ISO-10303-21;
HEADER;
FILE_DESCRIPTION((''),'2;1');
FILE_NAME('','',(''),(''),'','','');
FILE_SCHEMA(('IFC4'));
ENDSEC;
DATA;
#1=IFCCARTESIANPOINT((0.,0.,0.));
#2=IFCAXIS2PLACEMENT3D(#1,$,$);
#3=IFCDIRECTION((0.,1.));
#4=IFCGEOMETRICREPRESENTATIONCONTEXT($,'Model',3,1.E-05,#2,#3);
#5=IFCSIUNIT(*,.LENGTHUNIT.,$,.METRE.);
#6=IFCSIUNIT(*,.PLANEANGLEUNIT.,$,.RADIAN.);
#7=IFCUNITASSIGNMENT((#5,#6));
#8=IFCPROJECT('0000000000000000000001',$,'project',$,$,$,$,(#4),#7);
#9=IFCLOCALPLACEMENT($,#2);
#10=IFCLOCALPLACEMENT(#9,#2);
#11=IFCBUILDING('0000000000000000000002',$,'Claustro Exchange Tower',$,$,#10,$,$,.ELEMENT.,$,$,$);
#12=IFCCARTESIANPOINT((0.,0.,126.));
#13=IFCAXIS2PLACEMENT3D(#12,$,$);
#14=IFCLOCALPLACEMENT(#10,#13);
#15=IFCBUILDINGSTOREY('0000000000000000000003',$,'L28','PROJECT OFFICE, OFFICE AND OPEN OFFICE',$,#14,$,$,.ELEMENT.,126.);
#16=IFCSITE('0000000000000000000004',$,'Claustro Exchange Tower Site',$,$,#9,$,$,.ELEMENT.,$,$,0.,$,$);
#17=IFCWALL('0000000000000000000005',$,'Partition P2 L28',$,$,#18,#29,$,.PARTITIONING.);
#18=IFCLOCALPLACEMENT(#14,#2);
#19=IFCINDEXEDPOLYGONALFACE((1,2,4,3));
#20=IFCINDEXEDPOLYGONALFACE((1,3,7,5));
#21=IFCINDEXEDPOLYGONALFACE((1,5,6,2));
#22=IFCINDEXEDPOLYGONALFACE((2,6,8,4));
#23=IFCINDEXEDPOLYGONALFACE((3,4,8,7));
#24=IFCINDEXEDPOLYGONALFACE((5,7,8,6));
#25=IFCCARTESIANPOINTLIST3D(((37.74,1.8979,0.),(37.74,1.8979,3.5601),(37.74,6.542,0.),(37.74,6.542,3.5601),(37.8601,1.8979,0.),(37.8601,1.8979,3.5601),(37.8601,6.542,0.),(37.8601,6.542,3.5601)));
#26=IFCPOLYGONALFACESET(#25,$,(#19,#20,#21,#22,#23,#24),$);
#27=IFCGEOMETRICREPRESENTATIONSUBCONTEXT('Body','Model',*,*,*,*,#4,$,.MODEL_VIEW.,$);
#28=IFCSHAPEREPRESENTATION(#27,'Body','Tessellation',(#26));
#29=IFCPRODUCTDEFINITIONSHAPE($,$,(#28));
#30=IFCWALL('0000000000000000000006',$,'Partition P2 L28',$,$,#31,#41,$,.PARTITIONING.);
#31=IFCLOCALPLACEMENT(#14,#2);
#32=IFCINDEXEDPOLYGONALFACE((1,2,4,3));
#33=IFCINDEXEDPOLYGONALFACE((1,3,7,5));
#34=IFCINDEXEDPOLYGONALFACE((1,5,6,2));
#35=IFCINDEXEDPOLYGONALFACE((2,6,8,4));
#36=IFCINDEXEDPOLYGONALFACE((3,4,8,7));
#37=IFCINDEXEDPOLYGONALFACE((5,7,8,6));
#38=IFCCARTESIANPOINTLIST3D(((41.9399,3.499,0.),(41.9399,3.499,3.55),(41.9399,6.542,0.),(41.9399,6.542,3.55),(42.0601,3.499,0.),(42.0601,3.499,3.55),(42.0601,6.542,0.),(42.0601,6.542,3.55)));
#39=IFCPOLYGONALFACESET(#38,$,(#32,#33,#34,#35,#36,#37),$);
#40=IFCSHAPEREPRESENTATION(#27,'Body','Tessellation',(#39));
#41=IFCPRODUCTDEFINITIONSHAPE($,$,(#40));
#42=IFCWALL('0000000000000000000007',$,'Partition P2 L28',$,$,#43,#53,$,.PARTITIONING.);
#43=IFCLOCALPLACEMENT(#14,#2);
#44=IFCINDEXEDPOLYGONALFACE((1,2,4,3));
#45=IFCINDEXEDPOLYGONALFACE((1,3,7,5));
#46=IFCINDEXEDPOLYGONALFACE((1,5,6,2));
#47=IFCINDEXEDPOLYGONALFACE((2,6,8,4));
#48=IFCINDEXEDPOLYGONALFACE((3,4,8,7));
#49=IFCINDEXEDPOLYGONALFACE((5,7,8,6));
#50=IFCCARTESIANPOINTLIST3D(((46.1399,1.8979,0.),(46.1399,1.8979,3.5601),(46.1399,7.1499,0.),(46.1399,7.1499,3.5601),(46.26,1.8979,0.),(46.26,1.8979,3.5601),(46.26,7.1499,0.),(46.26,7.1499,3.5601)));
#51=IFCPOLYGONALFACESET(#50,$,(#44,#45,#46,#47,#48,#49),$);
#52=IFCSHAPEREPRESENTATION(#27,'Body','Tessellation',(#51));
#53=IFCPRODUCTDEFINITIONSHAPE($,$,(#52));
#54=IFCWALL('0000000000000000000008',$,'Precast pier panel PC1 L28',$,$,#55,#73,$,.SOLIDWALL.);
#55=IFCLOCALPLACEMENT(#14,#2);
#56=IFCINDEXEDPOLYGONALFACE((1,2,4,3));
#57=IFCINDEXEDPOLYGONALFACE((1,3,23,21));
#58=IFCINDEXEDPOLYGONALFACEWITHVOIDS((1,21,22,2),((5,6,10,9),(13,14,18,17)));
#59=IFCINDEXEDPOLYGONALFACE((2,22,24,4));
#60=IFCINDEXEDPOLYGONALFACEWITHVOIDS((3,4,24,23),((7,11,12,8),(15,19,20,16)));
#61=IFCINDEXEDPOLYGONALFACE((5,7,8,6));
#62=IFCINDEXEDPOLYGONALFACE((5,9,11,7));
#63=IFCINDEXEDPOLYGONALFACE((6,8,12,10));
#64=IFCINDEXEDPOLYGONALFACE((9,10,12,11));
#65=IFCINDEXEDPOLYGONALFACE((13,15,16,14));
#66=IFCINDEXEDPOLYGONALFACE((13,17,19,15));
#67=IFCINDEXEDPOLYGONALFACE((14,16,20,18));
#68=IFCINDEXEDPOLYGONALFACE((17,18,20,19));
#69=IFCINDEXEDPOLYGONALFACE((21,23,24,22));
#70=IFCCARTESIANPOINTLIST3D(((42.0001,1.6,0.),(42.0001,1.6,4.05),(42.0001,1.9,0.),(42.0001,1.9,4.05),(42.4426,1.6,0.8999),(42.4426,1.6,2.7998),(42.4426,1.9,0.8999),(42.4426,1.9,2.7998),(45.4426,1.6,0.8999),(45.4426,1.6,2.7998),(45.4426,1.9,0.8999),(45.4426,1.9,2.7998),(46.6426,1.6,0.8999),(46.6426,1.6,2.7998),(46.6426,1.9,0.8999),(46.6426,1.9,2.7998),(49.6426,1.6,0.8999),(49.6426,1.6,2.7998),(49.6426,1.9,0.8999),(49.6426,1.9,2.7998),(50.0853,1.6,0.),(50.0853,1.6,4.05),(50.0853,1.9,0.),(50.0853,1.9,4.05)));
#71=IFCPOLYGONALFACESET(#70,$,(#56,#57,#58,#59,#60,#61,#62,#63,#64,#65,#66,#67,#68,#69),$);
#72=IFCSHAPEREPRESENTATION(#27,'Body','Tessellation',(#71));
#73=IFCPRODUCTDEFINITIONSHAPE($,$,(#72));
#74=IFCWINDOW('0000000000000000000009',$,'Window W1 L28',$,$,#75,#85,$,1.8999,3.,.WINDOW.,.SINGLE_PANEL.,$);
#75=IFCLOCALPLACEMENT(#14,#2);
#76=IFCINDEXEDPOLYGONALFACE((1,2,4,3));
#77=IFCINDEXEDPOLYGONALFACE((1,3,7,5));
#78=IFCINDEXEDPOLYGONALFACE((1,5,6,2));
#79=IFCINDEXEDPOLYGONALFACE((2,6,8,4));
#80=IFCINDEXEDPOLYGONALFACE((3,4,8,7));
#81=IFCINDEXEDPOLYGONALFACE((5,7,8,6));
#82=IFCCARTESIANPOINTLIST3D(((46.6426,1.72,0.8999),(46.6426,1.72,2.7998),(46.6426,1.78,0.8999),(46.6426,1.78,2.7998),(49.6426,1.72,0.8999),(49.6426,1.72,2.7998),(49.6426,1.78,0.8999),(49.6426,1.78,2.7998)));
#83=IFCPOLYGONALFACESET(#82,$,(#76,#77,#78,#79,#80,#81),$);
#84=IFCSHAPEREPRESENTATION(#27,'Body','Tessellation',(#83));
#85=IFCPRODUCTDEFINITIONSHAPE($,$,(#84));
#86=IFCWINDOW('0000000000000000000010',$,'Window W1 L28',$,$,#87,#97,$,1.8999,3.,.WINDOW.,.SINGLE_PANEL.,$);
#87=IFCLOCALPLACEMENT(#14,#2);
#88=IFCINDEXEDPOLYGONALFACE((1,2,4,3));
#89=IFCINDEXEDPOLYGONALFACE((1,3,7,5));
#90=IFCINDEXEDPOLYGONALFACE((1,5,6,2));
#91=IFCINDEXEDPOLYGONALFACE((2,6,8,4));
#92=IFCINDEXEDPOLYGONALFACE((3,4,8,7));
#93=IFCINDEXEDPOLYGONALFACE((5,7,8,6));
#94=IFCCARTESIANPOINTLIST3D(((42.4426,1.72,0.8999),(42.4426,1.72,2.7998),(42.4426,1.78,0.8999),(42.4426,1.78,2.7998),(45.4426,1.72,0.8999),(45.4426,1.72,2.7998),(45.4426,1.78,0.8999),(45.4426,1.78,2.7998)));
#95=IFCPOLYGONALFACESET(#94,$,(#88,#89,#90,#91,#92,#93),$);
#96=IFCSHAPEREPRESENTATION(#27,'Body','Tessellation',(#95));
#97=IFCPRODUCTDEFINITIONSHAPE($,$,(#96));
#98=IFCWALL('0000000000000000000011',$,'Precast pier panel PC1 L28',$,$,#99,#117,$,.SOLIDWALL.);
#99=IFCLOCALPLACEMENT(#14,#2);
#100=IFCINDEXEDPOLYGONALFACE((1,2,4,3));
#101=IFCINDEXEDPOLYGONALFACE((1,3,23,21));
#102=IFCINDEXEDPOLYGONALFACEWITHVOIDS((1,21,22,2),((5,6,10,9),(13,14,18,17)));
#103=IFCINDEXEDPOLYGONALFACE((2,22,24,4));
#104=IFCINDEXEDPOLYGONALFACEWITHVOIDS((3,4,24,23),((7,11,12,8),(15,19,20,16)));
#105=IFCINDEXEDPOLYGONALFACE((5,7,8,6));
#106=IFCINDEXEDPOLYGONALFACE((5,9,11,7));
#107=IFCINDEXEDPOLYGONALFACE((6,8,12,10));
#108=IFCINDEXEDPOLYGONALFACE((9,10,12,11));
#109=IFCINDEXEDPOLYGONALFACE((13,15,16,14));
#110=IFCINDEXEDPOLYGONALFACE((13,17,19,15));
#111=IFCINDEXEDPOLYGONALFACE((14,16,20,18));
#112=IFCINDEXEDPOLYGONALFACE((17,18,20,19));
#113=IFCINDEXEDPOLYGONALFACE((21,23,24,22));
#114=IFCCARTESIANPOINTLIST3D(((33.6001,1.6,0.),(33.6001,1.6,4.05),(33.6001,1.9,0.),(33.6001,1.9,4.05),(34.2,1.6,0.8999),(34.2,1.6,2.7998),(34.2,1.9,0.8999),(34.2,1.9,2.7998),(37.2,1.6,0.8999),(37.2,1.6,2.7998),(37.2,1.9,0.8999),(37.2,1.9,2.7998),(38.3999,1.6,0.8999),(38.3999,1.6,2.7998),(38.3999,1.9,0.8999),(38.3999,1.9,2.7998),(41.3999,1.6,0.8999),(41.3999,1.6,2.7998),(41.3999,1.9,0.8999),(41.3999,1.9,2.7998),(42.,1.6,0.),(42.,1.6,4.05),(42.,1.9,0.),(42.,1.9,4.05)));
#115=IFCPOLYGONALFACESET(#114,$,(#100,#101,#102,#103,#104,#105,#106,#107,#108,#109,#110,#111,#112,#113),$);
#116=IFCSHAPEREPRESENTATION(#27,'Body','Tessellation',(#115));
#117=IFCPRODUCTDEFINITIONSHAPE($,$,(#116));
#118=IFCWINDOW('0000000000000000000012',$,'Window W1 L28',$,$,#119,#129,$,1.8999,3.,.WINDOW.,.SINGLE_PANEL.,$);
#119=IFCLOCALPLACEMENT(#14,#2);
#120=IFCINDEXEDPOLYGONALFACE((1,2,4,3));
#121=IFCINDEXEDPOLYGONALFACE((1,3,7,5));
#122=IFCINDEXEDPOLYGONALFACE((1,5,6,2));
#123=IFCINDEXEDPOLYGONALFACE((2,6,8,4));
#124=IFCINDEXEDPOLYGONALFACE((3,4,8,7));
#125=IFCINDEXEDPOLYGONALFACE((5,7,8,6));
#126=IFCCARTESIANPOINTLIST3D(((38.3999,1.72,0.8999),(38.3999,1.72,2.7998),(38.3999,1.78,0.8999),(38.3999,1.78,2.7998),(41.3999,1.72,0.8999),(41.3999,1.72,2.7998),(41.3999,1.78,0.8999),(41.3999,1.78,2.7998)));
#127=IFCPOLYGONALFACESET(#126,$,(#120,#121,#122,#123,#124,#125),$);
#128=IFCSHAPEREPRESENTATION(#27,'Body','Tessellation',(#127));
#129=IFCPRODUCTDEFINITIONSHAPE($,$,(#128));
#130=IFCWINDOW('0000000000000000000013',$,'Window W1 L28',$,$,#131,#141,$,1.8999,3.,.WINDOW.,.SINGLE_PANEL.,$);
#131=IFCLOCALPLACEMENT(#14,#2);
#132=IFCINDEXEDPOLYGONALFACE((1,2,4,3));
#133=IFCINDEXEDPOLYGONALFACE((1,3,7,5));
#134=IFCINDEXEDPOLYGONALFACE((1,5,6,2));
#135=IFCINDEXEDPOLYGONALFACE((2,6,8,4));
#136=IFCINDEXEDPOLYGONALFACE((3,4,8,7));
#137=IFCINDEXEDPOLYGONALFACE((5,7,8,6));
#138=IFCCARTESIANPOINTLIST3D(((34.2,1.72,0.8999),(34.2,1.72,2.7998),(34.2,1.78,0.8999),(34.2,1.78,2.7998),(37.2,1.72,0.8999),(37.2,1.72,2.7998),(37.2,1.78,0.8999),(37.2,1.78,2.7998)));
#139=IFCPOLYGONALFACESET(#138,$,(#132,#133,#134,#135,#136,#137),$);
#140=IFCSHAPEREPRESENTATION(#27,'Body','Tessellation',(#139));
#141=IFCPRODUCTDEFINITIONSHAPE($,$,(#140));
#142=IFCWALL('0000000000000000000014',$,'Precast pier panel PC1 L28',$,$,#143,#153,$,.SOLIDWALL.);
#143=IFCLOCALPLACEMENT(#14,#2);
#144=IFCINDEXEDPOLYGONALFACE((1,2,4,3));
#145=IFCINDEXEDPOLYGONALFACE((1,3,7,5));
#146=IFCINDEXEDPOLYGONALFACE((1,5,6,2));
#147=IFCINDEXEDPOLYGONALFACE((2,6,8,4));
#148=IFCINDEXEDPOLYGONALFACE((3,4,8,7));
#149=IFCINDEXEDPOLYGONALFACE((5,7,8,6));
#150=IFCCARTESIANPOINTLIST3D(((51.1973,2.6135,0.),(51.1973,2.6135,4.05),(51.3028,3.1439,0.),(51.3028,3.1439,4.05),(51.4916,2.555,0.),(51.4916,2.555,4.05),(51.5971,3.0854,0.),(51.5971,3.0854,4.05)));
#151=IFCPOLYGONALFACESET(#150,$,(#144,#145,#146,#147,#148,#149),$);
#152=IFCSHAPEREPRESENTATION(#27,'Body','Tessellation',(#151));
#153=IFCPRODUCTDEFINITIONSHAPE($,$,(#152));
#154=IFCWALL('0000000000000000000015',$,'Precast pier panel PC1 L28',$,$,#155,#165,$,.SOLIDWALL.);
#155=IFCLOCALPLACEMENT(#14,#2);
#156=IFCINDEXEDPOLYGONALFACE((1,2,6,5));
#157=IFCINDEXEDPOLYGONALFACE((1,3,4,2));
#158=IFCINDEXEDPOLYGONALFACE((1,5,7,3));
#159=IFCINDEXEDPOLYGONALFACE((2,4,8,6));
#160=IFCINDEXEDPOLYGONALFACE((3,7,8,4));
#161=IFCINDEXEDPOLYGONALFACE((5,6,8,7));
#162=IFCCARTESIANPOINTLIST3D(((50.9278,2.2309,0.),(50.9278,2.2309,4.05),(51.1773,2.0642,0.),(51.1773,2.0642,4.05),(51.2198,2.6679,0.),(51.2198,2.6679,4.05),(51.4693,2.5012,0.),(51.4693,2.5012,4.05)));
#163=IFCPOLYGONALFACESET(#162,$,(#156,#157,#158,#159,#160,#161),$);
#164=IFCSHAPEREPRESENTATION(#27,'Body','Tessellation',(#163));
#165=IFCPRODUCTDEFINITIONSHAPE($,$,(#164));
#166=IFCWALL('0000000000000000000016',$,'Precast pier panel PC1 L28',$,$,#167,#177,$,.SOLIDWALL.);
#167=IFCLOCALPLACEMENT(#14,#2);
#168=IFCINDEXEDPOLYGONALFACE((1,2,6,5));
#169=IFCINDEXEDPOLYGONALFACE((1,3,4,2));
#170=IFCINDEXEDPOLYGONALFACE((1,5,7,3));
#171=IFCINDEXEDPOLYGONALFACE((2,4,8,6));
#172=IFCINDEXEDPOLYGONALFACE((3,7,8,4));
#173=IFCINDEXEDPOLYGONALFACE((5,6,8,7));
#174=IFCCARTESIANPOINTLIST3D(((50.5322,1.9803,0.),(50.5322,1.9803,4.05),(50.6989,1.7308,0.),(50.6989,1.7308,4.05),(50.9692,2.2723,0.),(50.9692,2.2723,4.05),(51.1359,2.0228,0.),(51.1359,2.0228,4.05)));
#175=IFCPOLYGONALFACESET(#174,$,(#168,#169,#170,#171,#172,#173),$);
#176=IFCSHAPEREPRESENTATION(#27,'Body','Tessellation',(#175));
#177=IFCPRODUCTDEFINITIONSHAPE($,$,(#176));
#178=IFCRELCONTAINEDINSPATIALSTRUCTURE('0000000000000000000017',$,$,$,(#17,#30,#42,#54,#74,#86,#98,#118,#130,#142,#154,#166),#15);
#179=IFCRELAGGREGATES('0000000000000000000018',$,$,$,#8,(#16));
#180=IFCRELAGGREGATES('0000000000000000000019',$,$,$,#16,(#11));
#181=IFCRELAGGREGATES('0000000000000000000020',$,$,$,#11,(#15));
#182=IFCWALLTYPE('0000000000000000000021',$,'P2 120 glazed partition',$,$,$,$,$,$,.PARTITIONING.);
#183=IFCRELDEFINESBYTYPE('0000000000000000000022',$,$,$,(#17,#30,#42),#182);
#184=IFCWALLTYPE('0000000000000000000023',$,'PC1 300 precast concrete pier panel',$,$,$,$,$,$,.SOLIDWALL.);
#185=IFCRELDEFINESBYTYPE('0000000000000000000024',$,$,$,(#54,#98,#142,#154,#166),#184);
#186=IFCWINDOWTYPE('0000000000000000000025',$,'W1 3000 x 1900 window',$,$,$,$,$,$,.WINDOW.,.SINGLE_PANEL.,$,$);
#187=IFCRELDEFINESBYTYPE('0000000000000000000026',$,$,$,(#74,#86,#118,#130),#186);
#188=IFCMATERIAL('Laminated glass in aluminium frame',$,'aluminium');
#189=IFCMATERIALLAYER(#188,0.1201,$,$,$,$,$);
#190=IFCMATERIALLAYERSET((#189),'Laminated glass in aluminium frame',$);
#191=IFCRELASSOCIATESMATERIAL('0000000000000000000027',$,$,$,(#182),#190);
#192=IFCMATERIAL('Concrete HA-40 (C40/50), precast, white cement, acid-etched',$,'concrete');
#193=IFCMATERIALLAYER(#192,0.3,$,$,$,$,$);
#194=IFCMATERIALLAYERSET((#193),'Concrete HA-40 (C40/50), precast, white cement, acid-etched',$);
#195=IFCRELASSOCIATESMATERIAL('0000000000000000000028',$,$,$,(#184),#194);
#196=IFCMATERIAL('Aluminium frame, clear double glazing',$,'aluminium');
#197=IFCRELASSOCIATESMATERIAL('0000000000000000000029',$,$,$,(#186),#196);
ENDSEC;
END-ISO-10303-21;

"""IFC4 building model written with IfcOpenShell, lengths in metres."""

from ifc_helpers import new_model, si_unit, direction, frame, frame_2d, origin, place, context, subcontext, project, spatial, rectangle, extrude, material, layer, layer_set, type_object, element, fill, save


model = new_model("IFC4")

# Units and contexts
model_context = context("Model", 3, precision=1e-05, world=origin(), true_north=direction((0.0, 1.0)))
body_context = subcontext(model_context, "Body", "Model", "MODEL_VIEW")
ifc_project = project(units=[si_unit("LENGTHUNIT", "METRE"), si_unit("PLANEANGLEUNIT", "RADIAN")], contexts=[model_context])

# Site, building, storey
site_placement = place(None, origin())
site = spatial("IfcSite", under=ifc_project, at=site_placement, Name="Claustro Exchange Tower Site", CompositionType="ELEMENT", RefElevation=0.0)
building_placement = place(site_placement, origin())
building = spatial("IfcBuilding", under=site, at=building_placement, Name="Claustro Exchange Tower", CompositionType="ELEMENT")
storey_placement = place(building_placement, frame((0.0, 0.0, 126.0)))
storey = spatial("IfcBuildingStorey", under=building, at=storey_placement, Name="L28", Description="PROJECT OFFICE, OFFICE AND OPEN OFFICE", CompositionType="ELEMENT", Elevation=126.0)

# Shared definitions
ifc_material_1 = material(Name="Laminated glass in aluminium frame", Category="aluminium")
ifc_layer_1 = layer(ifc_material_1, 0.1201)
ifc_layer_set_1 = layer_set([ifc_layer_1], Name="Laminated glass in aluminium frame")
wall_type_1 = type_object("IfcWallType", Name="P2 120 glazed partition", PredefinedType="PARTITIONING", material=ifc_layer_set_1)

# Walls
wall_1_placement = place(storey_placement, frame((37.8, 1.8979, 0.0), z_axis=(0.0, 0.0, 1.0), x_axis=(0.0, 1.0, 0.0)))
element("IfcWall", 1, at=wall_1_placement, inside=storey, type_object=wall_type_1, Name="Partition P2 L28", PredefinedType="PARTITIONING", context=body_context, shape_type="SweptSolid", body=[
    extrude(rectangle(XDim=4.644, YDim=0.1201, at=frame_2d((2.322, 0.0))), origin(), (0.0, 0.0, 1.0), 3.5601),
])
wall_2_placement = place(storey_placement, frame((42.0, 3.499, 0.0), z_axis=(0.0, 0.0, 1.0), x_axis=(0.0, 1.0, 0.0)))
element("IfcWall", 2, at=wall_2_placement, inside=storey, type_object=wall_type_1, Name="Partition P2 L28", PredefinedType="PARTITIONING", context=body_context, shape_type="SweptSolid", body=[
    extrude(rectangle(XDim=3.043, YDim=0.1201, at=frame_2d((1.5215, 0.0))), origin(), (0.0, 0.0, 1.0), 3.55),
])
wall_3_placement = place(storey_placement, frame((46.2, 1.8979, 0.0), z_axis=(0.0, 0.0, 1.0), x_axis=(0.0, 1.0, 0.0)))
element("IfcWall", 3, at=wall_3_placement, inside=storey, type_object=wall_type_1, Name="Partition P2 L28", PredefinedType="PARTITIONING", context=body_context, shape_type="SweptSolid", body=[
    extrude(rectangle(XDim=5.252, YDim=0.1201, at=frame_2d((2.626, 0.0))), origin(), (0.0, 0.0, 1.0), 3.5601),
])

# Walls, openings, windows
ifc_material_2 = material(Name="Concrete HA-40 (C40/50), precast, white cement, acid-etched", Category="concrete")
ifc_layer_2 = layer(ifc_material_2, 0.3)
ifc_layer_set_2 = layer_set([ifc_layer_2], Name="Concrete HA-40 (C40/50), precast, white cement, acid-etched")
wall_type_2 = type_object("IfcWallType", Name="PC1 300 precast concrete pier panel", PredefinedType="SOLIDWALL", material=ifc_layer_set_2)
wall_4_placement = place(storey_placement, frame((50.0852, 1.75, 0.0), z_axis=(0.0, 0.0, 1.0), x_axis=(-1.0, 0.0, 0.0)))
wall_4 = element("IfcWall", 4, at=wall_4_placement, inside=storey, type_object=wall_type_2, Name="Precast pier panel PC1 L28", PredefinedType="SOLIDWALL", context=body_context, shape_type="SweptSolid", body=[
    extrude(rectangle(XDim=8.0852, YDim=0.3, at=frame_2d((4.0425, 0.0))), origin(), (0.0, 0.0, 1.0), 4.05),
])
opening_1_placement = place(wall_4_placement, frame((0.4426, 0.0, 0.8999)))
opening_1 = element("IfcOpeningElement", 5, at=opening_1_placement, cuts=wall_4, PredefinedType="OPENING", context=body_context, shape_type="SweptSolid", body=[
    extrude(rectangle(XDim=3.0, YDim=1.8999, at=frame_2d((1.5, 0.95))), frame((0.0, 0.1599, 0.0), z_axis=(0.0, -1.0, 0.0), x_axis=(1.0, 0.0, 0.0)), (0.0, 0.0, 1.0), 0.3201),
])
opening_2_placement = place(wall_4_placement, frame((4.6426, 0.0, 0.8999)))
opening_2 = element("IfcOpeningElement", 6, at=opening_2_placement, cuts=wall_4, PredefinedType="OPENING", context=body_context, shape_type="SweptSolid", body=[
    extrude(rectangle(XDim=3.0, YDim=1.8999, at=frame_2d((1.5, 0.95))), frame((0.0, 0.1599, 0.0), z_axis=(0.0, -1.0, 0.0), x_axis=(1.0, 0.0, 0.0)), (0.0, 0.0, 1.0), 0.3201),
])
ifc_material_3 = material(Name="Aluminium frame, clear double glazing", Category="aluminium")
window_type = type_object("IfcWindowType", Name="W1 3000 x 1900 window", PartitioningType="SINGLE_PANEL", PredefinedType="WINDOW", material=ifc_material_3)
window_1_placement = place(opening_1_placement, origin())
window_1 = element("IfcWindow", 7, at=window_1_placement, inside=storey, type_object=window_type, Name="Window W1 L28", OverallHeight=1.8999, OverallWidth=3.0, PartitioningType="SINGLE_PANEL", PredefinedType="WINDOW", context=body_context, shape_type="SweptSolid", body=[
    extrude(rectangle(XDim=3.0, YDim=1.8999, at=frame_2d((1.5, 0.95))), frame((0.0, 0.03, 0.0), z_axis=(0.0, -1.0, 0.0), x_axis=(1.0, 0.0, 0.0)), (0.0, 0.0, 1.0), 0.0601),
])
fill(opening_1, window_1)
window_2_placement = place(opening_2_placement, origin())
window_2 = element("IfcWindow", 8, at=window_2_placement, inside=storey, type_object=window_type, Name="Window W1 L28", OverallHeight=1.8999, OverallWidth=3.0, PartitioningType="SINGLE_PANEL", PredefinedType="WINDOW", context=body_context, shape_type="SweptSolid", body=[
    extrude(rectangle(XDim=3.0, YDim=1.8999, at=frame_2d((1.5, 0.95))), frame((0.0, 0.03, 0.0), z_axis=(0.0, -1.0, 0.0), x_axis=(1.0, 0.0, 0.0)), (0.0, 0.0, 1.0), 0.0601),
])
fill(opening_2, window_2)
wall_5_placement = place(storey_placement, frame((42.0, 1.75, 0.0), z_axis=(0.0, 0.0, 1.0), x_axis=(-1.0, 0.0, 0.0)))
wall_5 = element("IfcWall", 9, at=wall_5_placement, inside=storey, type_object=wall_type_2, Name="Precast pier panel PC1 L28", PredefinedType="SOLIDWALL", context=body_context, shape_type="SweptSolid", body=[
    extrude(rectangle(XDim=8.3999, YDim=0.3, at=frame_2d((4.2, 0.0))), origin(), (0.0, 0.0, 1.0), 4.05),
])
opening_3_placement = place(wall_5_placement, frame((0.6001, 0.0, 0.8999)))
opening_3 = element("IfcOpeningElement", 10, at=opening_3_placement, cuts=wall_5, PredefinedType="OPENING", context=body_context, shape_type="SweptSolid", body=[
    extrude(rectangle(XDim=3.0, YDim=1.8999, at=frame_2d((1.5, 0.95))), frame((0.0, 0.1599, 0.0), z_axis=(0.0, -1.0, 0.0), x_axis=(1.0, 0.0, 0.0)), (0.0, 0.0, 1.0), 0.3201),
])
opening_4_placement = place(wall_5_placement, frame((4.8, 0.0, 0.8999)))
opening_4 = element("IfcOpeningElement", 11, at=opening_4_placement, cuts=wall_5, PredefinedType="OPENING", context=body_context, shape_type="SweptSolid", body=[
    extrude(rectangle(XDim=3.0, YDim=1.8999, at=frame_2d((1.5, 0.95))), frame((0.0, 0.1599, 0.0), z_axis=(0.0, -1.0, 0.0), x_axis=(1.0, 0.0, 0.0)), (0.0, 0.0, 1.0), 0.3201),
])
window_3_placement = place(opening_3_placement, origin())
window_3 = element("IfcWindow", 12, at=window_3_placement, inside=storey, type_object=window_type, Name="Window W1 L28", OverallHeight=1.8999, OverallWidth=3.0, PartitioningType="SINGLE_PANEL", PredefinedType="WINDOW", context=body_context, shape_type="SweptSolid", body=[
    extrude(rectangle(XDim=3.0, YDim=1.8999, at=frame_2d((1.5, 0.95))), frame((0.0, 0.03, 0.0), z_axis=(0.0, -1.0, 0.0), x_axis=(1.0, 0.0, 0.0)), (0.0, 0.0, 1.0), 0.0601),
])
fill(opening_3, window_3)
window_4_placement = place(opening_4_placement, origin())
window_4 = element("IfcWindow", 13, at=window_4_placement, inside=storey, type_object=window_type, Name="Window W1 L28", OverallHeight=1.8999, OverallWidth=3.0, PartitioningType="SINGLE_PANEL", PredefinedType="WINDOW", context=body_context, shape_type="SweptSolid", body=[
    extrude(rectangle(XDim=3.0, YDim=1.8999, at=frame_2d((1.5, 0.95))), frame((0.0, 0.03, 0.0), z_axis=(0.0, -1.0, 0.0), x_axis=(1.0, 0.0, 0.0)), (0.0, 0.0, 1.0), 0.0601),
])
fill(opening_4, window_4)

# Walls
wall_6_placement = place(storey_placement, frame((51.45, 3.1147, 0.0), z_axis=(0.0, 0.0, 1.0), x_axis=(-0.195074, -0.980789, 0.0)))
element("IfcWall", 14, at=wall_6_placement, inside=storey, type_object=wall_type_2, Name="Precast pier panel PC1 L28", PredefinedType="SOLIDWALL", context=body_context, shape_type="SweptSolid", body=[
    extrude(rectangle(XDim=0.5408, YDim=0.3, at=frame_2d((0.2705, 0.0))), origin(), (0.0, 0.0, 1.0), 4.05),
])
for number, where, z_axis, x_axis, name in (
    (15, (51.3445, 2.5845, 0.0), (0.0, 0.0, 1.0), (-0.555557, -0.831478, 0.0), "Precast pier panel PC1 L28"),
    (16, (51.0525, 2.1475, 0.0), (0.0, 0.0, 1.0), (-0.831478, -0.555557, 0.0), "Precast pier panel PC1 L28"),
):
    element("IfcWall", number, at=place(storey_placement, frame(where, z_axis=z_axis, x_axis=x_axis)), inside=storey, type_object=wall_type_2, Name=name, PredefinedType="SOLIDWALL", context=body_context, shape_type="SweptSolid", body=[
        extrude(rectangle(XDim=0.5256, YDim=0.3, at=frame_2d((0.2627, 0.0))), origin(), (0.0, 0.0, 1.0), 4.05),
    ])

save(model, "model.ifc")
